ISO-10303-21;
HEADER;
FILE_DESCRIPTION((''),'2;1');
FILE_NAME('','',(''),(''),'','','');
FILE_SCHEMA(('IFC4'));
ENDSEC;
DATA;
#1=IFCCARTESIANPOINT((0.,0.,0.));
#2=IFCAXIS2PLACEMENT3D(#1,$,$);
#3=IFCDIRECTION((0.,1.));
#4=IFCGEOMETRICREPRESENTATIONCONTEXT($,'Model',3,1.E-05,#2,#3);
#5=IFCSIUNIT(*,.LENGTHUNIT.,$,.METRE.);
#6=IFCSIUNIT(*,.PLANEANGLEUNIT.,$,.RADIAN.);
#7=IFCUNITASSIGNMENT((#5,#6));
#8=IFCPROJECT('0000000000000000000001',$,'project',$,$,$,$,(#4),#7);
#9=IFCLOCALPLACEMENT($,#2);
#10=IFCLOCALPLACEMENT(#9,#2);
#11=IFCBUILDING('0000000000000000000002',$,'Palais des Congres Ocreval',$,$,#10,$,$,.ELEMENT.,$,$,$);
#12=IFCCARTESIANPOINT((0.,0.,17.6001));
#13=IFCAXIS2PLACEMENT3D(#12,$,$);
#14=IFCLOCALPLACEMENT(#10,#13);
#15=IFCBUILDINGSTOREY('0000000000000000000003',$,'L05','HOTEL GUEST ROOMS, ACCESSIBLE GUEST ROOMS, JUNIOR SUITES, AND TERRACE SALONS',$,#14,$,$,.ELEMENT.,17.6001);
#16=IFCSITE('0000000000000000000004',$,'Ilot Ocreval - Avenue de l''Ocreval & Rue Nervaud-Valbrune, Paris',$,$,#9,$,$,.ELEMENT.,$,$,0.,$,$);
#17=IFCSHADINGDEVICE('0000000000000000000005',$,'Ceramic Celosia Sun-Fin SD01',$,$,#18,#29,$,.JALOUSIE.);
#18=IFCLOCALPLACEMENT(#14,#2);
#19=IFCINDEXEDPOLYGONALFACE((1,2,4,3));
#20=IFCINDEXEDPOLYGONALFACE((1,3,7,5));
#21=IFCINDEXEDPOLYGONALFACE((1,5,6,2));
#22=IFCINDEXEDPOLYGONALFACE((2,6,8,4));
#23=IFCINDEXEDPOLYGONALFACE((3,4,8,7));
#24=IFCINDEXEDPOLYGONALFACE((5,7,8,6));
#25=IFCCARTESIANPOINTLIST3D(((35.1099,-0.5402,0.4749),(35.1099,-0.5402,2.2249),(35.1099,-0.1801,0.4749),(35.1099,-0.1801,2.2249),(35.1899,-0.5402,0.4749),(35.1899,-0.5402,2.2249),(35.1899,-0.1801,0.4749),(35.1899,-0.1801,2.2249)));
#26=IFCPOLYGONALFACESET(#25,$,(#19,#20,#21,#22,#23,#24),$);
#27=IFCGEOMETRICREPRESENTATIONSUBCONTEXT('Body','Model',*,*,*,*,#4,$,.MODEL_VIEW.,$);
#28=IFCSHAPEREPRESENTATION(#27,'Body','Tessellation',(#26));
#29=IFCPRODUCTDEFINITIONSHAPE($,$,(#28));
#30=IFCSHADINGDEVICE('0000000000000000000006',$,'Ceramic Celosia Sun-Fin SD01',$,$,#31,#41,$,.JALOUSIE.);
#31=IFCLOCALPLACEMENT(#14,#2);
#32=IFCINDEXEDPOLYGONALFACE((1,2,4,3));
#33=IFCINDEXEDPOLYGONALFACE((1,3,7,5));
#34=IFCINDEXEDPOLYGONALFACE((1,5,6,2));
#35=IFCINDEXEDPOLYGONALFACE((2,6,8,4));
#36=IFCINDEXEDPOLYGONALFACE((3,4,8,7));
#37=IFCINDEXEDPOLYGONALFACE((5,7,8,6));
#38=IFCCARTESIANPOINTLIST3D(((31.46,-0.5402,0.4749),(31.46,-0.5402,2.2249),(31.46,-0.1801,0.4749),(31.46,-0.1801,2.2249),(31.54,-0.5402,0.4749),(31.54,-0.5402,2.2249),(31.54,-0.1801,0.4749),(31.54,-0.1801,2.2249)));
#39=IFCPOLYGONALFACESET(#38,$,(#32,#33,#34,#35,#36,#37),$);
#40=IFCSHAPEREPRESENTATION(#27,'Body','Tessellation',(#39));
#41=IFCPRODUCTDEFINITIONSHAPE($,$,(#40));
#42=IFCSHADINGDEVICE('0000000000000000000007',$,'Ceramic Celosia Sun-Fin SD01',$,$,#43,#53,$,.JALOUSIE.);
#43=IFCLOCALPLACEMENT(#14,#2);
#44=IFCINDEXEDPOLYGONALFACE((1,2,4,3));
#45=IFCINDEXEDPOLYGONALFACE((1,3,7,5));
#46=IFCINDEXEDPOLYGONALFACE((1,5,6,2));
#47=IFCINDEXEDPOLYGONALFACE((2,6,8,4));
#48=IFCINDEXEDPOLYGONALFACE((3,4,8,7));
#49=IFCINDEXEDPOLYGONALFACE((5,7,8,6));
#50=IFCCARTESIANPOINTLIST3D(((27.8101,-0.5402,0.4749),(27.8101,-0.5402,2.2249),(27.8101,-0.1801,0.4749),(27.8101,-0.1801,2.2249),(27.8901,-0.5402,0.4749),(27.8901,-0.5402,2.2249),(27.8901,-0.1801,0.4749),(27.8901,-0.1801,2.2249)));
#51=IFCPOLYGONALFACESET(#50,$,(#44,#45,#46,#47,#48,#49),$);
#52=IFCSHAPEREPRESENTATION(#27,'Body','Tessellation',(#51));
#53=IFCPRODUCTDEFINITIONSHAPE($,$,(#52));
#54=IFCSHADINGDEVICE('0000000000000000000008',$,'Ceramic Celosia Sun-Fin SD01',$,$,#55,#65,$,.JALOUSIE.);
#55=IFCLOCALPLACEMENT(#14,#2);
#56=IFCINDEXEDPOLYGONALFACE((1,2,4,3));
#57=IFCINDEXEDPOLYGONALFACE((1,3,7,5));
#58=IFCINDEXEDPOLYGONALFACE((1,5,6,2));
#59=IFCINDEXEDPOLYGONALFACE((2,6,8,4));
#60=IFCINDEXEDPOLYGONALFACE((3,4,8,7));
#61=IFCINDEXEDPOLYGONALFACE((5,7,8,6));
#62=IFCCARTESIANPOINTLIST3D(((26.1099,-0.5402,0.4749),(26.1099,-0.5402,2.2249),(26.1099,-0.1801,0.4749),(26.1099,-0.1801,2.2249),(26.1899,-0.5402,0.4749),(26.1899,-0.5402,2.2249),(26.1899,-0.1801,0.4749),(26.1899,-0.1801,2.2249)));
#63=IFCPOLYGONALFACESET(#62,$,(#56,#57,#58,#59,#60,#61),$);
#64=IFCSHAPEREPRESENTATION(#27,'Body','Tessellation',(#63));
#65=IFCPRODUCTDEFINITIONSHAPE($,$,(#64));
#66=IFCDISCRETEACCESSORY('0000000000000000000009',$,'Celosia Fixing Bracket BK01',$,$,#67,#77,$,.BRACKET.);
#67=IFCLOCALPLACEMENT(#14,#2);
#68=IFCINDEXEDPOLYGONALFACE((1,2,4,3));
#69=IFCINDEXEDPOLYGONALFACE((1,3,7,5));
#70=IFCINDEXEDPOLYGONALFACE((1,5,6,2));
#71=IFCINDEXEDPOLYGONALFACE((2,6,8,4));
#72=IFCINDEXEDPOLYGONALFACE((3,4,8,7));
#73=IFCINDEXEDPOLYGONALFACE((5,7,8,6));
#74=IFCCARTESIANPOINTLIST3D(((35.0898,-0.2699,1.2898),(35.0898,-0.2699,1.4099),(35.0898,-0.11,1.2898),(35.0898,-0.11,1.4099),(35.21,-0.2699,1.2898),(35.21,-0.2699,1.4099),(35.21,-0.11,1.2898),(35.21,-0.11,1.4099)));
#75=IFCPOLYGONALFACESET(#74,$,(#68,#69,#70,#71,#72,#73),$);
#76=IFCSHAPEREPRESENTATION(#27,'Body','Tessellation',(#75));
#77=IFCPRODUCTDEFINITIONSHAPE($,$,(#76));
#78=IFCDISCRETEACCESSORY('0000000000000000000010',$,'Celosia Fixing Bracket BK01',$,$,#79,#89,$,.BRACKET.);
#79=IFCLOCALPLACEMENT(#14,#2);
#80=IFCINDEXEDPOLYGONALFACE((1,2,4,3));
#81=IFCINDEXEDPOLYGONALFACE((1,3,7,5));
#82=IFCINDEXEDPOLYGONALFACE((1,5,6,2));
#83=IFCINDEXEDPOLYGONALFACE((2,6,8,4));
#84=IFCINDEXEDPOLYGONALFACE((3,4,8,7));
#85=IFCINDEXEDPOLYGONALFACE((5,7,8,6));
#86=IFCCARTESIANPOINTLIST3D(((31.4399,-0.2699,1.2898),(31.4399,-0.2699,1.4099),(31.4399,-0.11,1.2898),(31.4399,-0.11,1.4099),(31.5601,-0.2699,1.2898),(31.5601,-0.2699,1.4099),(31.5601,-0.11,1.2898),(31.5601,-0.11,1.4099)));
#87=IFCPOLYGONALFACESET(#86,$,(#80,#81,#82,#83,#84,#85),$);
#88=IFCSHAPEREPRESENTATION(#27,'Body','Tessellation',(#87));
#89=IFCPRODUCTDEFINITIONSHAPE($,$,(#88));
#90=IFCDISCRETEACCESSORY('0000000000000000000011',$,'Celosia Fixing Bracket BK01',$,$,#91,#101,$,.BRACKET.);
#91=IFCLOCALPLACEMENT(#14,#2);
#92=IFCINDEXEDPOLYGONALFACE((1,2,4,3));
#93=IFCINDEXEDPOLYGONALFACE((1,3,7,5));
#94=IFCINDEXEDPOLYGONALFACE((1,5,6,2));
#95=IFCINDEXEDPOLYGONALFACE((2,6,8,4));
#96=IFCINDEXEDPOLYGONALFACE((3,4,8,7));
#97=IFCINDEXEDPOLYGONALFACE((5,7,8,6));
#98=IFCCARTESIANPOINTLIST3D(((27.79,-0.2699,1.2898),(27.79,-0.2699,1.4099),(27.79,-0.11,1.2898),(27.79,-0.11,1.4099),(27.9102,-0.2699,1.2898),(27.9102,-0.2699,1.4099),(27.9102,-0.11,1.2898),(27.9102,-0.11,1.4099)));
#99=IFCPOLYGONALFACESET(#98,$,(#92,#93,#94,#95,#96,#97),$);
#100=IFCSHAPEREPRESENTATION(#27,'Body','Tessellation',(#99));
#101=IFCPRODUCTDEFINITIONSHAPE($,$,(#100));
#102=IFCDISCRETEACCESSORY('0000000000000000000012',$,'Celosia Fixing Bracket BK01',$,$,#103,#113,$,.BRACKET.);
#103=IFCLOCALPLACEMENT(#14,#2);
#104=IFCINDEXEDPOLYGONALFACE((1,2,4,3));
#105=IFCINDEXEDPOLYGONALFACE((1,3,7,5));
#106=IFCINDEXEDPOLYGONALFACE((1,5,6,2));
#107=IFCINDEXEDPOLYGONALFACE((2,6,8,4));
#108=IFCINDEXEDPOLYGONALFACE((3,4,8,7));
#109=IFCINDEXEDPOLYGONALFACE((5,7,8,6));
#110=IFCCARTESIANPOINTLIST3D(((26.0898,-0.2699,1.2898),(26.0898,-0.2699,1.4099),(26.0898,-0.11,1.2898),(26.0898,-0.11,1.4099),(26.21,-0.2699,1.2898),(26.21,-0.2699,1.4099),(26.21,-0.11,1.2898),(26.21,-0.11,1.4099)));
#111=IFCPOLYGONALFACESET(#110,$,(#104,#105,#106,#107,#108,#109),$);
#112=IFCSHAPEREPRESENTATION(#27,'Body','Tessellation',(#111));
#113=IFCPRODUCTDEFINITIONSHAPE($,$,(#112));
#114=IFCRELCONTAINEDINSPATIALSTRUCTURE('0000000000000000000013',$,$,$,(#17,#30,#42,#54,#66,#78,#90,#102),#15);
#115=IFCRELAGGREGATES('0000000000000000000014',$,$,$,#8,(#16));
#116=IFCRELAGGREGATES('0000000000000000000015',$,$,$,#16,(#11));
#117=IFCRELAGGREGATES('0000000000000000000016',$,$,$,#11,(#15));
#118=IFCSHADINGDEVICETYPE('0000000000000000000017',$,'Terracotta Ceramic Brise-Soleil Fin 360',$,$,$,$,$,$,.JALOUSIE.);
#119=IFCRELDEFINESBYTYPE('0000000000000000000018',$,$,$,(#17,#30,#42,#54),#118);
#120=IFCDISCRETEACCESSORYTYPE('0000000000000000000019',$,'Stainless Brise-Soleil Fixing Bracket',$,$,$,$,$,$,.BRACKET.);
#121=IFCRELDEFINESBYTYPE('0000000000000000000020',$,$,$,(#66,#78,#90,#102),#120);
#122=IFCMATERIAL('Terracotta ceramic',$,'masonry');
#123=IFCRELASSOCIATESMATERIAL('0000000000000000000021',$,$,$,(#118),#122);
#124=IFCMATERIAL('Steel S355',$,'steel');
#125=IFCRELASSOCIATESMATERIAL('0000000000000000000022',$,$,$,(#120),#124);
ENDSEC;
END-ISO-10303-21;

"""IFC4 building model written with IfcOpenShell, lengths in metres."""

from ifc_helpers import new_model, si_unit, direction, frame, origin, origin_2d, place, context, subcontext, project, spatial, rectangle, extrude, material, type_object, element, save


model = new_model("IFC4")

# Units and contexts
model_context = context("Model", 3, precision=1e-05, world=origin(), true_north=direction((0.0, 1.0)))
body_context = subcontext(model_context, "Body", "Model", "MODEL_VIEW")
ifc_project = project(units=[si_unit("LENGTHUNIT", "METRE"), si_unit("PLANEANGLEUNIT", "RADIAN")], contexts=[model_context])

# Site, building, storey
site_placement = place(None, origin())
site = spatial("IfcSite", under=ifc_project, at=site_placement, Name="Ilot Ocreval - Avenue de l'Ocreval & Rue Nervaud-Valbrune, Paris", CompositionType="ELEMENT", RefElevation=0.0)
building_placement = place(site_placement, origin())
building = spatial("IfcBuilding", under=site, at=building_placement, Name="Palais des Congres Ocreval", CompositionType="ELEMENT")
storey_placement = place(building_placement, frame((0.0, 0.0, 17.6001)))
storey = spatial("IfcBuildingStorey", under=building, at=storey_placement, Name="L05", Description="HOTEL GUEST ROOMS, ACCESSIBLE GUEST ROOMS, JUNIOR SUITES, AND TERRACE SALONS", CompositionType="ELEMENT", Elevation=17.6001)

# Shared definitions
ifc_material_1 = material(Name="Steel S355", Category="steel")

# Shading devices
ifc_material_2 = material(Name="Terracotta ceramic", Category="masonry")
shading_device_type = type_object("IfcShadingDeviceType", Name="Terracotta Ceramic Brise-Soleil Fin 360", PredefinedType="JALOUSIE", material=ifc_material_2)
for number, where, z_axis, x_axis, name in (
    (1, (35.1499, -0.3601, 0.4749), (0.0, 0.0, 1.0), (0.0, -1.0, 0.0), "Ceramic Celosia Sun-Fin SD01"),
    (2, (31.5, -0.3601, 0.4749), (0.0, 0.0, 1.0), (0.0, -1.0, 0.0), "Ceramic Celosia Sun-Fin SD01"),
    (3, (27.8501, -0.3601, 0.4749), (0.0, 0.0, 1.0), (0.0, -1.0, 0.0), "Ceramic Celosia Sun-Fin SD01"),
    (4, (26.1499, -0.3601, 0.4749), (0.0, 0.0, 1.0), (0.0, -1.0, 0.0), "Ceramic Celosia Sun-Fin SD01"),
):
    element("IfcShadingDevice", number, at=place(storey_placement, frame(where, z_axis=z_axis, x_axis=x_axis)), inside=storey, type_object=shading_device_type, Name=name, PredefinedType="JALOUSIE", context=body_context, shape_type="SweptSolid", body=[
        extrude(rectangle(XDim=0.3601, YDim=0.0801, at=origin_2d()), origin(), (0.0, 0.0, 1.0), 1.75),
    ])

# Discrete accessories
discrete_accessory_type = type_object("IfcDiscreteAccessoryType", Name="Stainless Brise-Soleil Fixing Bracket", PredefinedType="BRACKET", material=ifc_material_1)
for number, where, z_axis, x_axis, name in (
    (5, (35.1499, -0.1899, 1.2898), (0.0, 0.0, 1.0), (0.0, -1.0, 0.0), "Celosia Fixing Bracket BK01"),
    (6, (31.5, -0.1899, 1.2898), (0.0, 0.0, 1.0), (0.0, -1.0, 0.0), "Celosia Fixing Bracket BK01"),
    (7, (27.8501, -0.1899, 1.2898), (0.0, 0.0, 1.0), (0.0, -1.0, 0.0), "Celosia Fixing Bracket BK01"),
    (8, (26.1499, -0.1899, 1.2898), (0.0, 0.0, 1.0), (0.0, -1.0, 0.0), "Celosia Fixing Bracket BK01"),
):
    element("IfcDiscreteAccessory", number, at=place(storey_placement, frame(where, z_axis=z_axis, x_axis=x_axis)), inside=storey, type_object=discrete_accessory_type, Name=name, PredefinedType="BRACKET", context=body_context, shape_type="SweptSolid", body=[
        extrude(rectangle(XDim=0.1599, YDim=0.1201, at=origin_2d()), origin(), (0.0, 0.0, 1.0), 0.1201),
    ])

save(model, "model.ifc")
